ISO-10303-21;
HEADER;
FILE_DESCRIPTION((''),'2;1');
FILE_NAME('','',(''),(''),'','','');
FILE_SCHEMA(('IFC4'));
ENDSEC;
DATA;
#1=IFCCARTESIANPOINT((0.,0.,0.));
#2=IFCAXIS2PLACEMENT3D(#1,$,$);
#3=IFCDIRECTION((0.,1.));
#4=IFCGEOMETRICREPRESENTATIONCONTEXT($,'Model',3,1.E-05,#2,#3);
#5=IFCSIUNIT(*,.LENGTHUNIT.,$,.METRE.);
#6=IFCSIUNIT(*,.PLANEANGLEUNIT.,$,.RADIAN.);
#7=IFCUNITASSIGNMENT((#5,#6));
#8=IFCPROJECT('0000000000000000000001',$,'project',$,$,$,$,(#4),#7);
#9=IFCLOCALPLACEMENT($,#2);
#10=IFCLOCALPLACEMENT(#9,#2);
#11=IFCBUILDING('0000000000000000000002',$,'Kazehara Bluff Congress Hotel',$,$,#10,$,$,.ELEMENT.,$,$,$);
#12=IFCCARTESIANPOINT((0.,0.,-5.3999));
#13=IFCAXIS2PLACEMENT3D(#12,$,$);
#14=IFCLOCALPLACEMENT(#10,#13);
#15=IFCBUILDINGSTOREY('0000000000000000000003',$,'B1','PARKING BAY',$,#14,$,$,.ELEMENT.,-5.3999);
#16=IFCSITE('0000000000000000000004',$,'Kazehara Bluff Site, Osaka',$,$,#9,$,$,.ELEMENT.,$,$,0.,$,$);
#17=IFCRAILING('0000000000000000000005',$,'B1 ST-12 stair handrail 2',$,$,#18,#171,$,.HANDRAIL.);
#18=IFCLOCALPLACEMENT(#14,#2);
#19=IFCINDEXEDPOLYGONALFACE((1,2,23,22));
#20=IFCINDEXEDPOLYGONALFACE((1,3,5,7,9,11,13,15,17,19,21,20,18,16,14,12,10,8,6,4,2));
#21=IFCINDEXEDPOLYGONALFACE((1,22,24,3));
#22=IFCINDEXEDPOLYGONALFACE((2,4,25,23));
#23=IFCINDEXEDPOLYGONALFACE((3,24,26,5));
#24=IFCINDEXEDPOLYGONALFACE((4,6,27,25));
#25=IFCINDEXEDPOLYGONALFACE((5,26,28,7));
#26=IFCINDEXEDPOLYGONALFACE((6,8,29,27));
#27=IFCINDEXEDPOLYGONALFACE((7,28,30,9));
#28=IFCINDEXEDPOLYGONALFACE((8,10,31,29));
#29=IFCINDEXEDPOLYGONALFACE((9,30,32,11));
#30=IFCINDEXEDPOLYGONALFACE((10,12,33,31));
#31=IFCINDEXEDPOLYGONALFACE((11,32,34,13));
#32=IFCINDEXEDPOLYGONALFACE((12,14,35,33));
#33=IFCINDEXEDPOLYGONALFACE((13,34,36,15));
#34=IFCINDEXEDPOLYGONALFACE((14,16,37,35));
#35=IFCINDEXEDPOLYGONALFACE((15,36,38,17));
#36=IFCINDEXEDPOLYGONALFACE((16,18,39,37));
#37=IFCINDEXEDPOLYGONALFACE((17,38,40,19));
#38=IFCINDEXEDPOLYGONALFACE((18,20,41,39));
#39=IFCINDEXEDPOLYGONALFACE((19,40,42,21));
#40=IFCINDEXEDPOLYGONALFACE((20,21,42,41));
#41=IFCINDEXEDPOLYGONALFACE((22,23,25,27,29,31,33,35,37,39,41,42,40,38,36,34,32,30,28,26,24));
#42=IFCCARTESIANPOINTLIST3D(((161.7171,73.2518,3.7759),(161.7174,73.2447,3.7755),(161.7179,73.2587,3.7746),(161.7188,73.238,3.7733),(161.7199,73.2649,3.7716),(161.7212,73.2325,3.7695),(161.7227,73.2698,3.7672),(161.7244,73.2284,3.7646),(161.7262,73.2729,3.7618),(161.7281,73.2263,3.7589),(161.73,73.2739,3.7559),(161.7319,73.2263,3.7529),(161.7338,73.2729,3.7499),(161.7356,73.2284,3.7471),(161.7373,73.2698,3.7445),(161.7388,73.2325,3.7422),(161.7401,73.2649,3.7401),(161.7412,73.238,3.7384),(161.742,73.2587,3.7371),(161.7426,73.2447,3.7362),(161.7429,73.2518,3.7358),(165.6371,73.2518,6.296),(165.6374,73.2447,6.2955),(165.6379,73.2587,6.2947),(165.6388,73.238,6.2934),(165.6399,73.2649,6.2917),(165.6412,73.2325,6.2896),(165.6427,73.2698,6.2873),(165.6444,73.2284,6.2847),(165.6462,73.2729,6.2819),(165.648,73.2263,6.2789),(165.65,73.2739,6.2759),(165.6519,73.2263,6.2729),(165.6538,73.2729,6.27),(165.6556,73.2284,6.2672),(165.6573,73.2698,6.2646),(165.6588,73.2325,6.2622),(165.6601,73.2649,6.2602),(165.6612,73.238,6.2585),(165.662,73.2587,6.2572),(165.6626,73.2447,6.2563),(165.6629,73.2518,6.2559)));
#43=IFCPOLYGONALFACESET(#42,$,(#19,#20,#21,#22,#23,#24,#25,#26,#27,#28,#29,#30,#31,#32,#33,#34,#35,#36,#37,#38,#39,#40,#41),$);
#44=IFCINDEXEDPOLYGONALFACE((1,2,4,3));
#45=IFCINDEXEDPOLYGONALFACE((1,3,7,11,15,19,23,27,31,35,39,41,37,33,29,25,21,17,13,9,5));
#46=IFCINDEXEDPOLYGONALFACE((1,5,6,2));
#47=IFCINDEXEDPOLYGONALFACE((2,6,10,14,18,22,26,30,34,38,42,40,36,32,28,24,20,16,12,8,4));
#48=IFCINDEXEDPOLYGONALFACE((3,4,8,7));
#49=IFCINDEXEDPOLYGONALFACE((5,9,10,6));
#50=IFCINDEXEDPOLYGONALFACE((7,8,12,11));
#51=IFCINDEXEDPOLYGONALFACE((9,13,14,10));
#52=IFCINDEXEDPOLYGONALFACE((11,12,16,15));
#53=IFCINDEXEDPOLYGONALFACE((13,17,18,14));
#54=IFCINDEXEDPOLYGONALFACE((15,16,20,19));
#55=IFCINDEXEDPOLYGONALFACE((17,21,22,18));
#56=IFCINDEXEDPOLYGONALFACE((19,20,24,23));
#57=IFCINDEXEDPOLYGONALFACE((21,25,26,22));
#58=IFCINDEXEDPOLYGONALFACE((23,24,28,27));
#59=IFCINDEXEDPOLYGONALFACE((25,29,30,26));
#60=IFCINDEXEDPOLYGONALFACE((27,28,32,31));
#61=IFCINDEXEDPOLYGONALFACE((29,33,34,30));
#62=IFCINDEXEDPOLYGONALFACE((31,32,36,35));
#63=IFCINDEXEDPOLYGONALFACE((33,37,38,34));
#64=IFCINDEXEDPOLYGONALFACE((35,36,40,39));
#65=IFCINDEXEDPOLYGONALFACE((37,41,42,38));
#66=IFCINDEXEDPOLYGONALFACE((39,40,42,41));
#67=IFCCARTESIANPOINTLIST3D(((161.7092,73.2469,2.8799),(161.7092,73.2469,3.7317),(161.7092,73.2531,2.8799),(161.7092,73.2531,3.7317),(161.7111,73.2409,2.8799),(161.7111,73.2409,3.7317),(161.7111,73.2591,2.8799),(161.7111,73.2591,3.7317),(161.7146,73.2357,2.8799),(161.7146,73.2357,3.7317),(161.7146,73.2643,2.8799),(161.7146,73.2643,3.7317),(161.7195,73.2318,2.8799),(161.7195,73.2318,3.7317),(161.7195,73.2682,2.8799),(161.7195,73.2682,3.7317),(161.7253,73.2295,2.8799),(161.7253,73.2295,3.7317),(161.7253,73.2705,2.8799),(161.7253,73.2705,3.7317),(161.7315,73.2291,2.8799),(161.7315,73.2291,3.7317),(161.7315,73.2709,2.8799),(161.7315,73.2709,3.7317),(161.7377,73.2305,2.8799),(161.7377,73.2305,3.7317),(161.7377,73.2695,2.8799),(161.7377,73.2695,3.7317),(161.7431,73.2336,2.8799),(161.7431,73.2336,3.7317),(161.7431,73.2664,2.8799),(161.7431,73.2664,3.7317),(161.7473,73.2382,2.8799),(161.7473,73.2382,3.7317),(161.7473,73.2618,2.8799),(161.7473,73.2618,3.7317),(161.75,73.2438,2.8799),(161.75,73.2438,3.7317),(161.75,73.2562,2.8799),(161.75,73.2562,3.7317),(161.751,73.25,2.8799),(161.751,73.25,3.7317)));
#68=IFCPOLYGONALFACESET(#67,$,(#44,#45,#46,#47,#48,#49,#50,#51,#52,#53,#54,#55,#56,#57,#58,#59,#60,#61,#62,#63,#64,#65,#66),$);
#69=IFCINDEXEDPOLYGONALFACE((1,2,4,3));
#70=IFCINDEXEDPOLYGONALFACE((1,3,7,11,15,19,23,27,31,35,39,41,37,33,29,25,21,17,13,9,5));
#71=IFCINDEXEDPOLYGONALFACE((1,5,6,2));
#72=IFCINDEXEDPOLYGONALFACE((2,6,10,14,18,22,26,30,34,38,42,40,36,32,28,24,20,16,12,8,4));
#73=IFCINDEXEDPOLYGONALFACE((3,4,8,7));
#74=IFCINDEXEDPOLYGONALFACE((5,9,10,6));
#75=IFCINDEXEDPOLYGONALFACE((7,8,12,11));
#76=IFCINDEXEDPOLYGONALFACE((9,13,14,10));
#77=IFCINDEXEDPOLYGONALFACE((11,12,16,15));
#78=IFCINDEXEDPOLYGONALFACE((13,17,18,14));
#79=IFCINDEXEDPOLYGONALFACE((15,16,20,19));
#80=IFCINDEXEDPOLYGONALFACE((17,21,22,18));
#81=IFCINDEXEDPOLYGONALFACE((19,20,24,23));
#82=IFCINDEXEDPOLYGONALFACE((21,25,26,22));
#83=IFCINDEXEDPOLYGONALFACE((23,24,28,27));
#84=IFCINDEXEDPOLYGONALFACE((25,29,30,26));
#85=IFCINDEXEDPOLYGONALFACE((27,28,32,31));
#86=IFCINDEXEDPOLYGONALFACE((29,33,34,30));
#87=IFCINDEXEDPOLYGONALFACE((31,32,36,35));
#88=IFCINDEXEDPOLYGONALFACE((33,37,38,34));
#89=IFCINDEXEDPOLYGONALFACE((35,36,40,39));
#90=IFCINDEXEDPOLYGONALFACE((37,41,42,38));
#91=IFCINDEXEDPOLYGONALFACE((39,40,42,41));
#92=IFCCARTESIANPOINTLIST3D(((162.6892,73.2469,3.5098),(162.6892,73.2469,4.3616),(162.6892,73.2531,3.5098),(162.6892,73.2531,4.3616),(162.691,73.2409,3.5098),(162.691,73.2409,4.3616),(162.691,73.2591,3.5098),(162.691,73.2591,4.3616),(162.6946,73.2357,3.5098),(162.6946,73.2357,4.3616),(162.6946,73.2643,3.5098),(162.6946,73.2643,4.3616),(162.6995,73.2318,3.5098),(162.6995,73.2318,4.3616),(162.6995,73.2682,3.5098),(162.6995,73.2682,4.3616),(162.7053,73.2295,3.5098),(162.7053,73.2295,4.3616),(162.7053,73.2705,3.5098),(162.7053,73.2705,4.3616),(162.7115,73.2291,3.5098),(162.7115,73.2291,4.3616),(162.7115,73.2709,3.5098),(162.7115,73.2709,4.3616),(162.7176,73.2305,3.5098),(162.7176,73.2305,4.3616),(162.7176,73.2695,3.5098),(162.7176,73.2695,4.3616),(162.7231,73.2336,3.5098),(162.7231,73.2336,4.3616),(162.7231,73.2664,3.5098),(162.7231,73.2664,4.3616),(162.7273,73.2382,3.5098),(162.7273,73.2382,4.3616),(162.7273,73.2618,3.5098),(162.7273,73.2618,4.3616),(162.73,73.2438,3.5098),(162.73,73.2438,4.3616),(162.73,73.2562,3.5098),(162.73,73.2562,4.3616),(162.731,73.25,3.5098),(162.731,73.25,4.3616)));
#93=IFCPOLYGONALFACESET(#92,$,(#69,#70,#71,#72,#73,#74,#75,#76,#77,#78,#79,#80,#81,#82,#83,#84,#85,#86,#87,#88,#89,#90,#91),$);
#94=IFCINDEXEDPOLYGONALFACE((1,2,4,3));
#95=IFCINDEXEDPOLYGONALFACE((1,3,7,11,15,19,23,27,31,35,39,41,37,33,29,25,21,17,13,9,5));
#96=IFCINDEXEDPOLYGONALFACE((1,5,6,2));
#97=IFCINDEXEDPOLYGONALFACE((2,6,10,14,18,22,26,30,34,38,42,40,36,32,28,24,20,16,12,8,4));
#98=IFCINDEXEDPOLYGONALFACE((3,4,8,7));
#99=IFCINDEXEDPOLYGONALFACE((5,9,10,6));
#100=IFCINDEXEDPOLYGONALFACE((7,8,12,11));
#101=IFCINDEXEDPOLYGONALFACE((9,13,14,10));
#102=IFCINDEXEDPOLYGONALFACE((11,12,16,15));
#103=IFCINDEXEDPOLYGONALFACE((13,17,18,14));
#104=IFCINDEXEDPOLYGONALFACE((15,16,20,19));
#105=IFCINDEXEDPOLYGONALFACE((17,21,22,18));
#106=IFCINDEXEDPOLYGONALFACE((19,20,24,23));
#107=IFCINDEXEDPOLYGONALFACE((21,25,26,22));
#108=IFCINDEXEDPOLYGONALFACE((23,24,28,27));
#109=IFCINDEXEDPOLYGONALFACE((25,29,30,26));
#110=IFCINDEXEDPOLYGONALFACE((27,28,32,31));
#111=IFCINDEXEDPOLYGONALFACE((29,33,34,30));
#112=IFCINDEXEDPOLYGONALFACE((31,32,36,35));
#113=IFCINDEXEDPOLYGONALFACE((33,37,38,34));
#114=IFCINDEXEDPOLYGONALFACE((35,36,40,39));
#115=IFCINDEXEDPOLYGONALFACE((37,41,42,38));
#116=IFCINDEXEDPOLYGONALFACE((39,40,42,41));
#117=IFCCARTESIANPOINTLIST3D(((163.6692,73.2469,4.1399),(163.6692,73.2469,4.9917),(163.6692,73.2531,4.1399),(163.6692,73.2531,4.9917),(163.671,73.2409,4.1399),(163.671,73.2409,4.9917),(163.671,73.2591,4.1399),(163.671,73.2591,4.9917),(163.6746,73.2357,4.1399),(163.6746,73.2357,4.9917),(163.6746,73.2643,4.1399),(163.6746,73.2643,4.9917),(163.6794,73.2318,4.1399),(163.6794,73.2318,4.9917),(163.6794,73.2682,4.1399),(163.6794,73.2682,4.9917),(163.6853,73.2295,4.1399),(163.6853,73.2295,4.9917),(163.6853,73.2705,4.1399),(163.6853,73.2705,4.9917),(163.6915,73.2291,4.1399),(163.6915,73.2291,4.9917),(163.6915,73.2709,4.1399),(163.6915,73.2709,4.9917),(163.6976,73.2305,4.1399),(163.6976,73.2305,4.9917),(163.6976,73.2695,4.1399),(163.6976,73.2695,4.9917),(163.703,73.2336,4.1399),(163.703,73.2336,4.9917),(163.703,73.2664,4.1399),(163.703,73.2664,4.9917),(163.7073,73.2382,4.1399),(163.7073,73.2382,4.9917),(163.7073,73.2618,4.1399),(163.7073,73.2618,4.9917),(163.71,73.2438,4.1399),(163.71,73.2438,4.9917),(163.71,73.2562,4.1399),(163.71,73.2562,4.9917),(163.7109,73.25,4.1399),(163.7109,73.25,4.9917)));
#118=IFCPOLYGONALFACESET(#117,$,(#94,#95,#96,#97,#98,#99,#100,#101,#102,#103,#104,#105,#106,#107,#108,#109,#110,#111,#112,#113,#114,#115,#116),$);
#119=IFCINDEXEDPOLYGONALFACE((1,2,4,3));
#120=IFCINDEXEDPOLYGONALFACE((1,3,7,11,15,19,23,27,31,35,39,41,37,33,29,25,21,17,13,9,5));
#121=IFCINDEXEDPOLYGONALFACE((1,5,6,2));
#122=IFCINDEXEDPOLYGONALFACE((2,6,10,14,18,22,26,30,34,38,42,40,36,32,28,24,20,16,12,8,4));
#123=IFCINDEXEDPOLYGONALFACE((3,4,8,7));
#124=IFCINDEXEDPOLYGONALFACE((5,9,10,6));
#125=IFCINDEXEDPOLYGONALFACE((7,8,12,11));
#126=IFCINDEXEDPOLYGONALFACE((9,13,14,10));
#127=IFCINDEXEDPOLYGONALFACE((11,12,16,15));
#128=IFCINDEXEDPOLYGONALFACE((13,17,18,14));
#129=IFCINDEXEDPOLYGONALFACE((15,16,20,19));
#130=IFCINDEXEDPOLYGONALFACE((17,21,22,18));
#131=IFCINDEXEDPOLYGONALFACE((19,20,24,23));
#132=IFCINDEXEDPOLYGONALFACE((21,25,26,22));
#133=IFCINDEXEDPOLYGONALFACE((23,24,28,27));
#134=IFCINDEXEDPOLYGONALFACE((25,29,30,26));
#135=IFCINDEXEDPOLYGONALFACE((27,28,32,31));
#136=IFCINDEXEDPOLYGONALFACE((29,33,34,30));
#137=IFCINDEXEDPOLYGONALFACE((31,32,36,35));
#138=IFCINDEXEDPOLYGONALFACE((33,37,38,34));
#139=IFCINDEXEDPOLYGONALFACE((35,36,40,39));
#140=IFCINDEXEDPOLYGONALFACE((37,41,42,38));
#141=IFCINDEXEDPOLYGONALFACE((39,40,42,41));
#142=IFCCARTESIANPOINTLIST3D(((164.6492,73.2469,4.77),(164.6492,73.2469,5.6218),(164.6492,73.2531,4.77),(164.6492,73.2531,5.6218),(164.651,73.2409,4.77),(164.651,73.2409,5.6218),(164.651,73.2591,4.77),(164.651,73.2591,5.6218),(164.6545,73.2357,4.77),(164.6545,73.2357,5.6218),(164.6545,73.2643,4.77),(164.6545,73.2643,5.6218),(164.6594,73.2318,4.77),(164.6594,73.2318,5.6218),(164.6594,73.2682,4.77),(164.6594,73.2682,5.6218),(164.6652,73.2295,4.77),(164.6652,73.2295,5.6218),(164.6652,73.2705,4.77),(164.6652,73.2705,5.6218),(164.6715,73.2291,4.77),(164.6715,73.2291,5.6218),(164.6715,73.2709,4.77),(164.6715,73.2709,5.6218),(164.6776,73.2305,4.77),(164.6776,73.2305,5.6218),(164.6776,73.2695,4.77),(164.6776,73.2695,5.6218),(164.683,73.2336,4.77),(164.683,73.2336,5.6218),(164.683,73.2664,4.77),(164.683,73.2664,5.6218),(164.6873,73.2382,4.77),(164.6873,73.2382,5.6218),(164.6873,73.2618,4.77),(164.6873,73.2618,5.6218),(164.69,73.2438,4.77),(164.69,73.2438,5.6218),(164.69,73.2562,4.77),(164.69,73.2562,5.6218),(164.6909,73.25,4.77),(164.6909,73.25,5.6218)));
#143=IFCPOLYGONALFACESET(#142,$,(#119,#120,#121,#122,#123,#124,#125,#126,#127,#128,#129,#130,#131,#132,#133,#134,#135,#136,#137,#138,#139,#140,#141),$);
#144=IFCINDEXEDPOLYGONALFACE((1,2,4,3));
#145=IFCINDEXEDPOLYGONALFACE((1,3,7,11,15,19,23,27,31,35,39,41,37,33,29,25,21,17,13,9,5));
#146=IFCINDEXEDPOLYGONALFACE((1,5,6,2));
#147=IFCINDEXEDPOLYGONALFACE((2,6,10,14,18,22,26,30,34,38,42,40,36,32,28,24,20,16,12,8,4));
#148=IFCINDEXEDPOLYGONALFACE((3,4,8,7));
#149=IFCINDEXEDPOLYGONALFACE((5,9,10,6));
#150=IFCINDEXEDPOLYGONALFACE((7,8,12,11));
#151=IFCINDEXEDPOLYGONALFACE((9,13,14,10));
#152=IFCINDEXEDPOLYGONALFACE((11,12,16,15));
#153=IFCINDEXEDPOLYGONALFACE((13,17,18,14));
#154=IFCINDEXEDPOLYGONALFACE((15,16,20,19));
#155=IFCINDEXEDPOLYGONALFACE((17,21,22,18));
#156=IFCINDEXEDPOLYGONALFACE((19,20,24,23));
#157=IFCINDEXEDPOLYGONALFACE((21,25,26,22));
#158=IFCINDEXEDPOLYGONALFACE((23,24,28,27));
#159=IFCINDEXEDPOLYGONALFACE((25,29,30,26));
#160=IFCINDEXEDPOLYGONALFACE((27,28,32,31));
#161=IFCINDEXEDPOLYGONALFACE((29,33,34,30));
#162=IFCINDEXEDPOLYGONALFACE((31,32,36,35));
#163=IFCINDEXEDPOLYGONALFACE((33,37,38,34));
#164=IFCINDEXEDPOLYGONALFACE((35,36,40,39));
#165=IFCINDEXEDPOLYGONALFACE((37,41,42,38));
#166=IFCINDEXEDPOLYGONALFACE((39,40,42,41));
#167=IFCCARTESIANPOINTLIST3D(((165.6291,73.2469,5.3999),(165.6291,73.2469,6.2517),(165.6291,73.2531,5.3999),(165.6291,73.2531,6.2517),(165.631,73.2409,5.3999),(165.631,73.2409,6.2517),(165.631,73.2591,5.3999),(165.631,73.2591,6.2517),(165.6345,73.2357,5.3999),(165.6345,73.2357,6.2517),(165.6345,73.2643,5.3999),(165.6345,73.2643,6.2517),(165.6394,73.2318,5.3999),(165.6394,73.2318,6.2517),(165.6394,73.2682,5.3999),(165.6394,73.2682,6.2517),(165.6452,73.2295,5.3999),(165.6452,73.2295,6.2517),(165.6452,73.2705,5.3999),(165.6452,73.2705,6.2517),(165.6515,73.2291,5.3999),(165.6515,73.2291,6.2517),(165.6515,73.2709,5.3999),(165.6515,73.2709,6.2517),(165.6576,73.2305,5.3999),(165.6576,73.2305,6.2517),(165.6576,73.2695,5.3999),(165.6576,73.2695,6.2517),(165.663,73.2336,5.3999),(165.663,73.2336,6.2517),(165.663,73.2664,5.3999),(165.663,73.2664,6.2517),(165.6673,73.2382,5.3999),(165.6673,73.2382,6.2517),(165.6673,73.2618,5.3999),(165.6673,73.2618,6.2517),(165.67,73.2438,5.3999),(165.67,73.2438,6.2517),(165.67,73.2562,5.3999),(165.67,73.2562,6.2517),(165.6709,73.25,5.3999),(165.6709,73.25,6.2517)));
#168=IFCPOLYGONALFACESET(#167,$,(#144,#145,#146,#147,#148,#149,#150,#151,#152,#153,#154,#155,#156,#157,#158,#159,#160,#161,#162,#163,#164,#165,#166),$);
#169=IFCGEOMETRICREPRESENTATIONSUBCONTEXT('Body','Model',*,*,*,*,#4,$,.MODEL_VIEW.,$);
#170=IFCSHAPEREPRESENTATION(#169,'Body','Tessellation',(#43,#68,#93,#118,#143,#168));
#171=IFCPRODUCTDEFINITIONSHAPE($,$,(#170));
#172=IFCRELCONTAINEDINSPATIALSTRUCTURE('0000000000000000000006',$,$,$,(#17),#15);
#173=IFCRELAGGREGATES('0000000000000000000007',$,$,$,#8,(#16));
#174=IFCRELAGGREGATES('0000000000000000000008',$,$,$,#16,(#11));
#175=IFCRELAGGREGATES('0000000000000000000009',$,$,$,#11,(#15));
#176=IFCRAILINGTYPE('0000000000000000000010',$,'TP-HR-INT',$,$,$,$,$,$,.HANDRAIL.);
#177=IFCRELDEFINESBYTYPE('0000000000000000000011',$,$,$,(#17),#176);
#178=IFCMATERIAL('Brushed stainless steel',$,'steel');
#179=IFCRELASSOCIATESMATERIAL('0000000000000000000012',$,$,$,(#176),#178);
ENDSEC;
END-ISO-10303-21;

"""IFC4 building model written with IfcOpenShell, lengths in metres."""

from ifc_helpers import new_model, si_unit, direction, frame, origin, origin_2d, place, context, subcontext, project, spatial, circle, extrude, material, type_object, element, save


model = new_model("IFC4")

# Units and contexts
model_context = context("Model", 3, precision=1e-05, world=origin(), true_north=direction((0.0, 1.0)))
body_context = subcontext(model_context, "Body", "Model", "MODEL_VIEW")
ifc_project = project(units=[si_unit("LENGTHUNIT", "METRE"), si_unit("PLANEANGLEUNIT", "RADIAN")], contexts=[model_context])

# Site, building, storey
site_placement = place(None, origin())
site = spatial("IfcSite", under=ifc_project, at=site_placement, Name="Kazehara Bluff Site, Osaka", CompositionType="ELEMENT", RefElevation=0.0)
building_placement = place(site_placement, origin())
building = spatial("IfcBuilding", under=site, at=building_placement, Name="Kazehara Bluff Congress Hotel", CompositionType="ELEMENT")
storey_placement = place(building_placement, frame((0.0, 0.0, -5.3999)))
storey = spatial("IfcBuildingStorey", under=building, at=storey_placement, Name="B1", Description="PARKING BAY", CompositionType="ELEMENT", Elevation=-5.3999)

# Railing
ifc_material_1 = material(Name="Brushed stainless steel", Category="steel")
railing_type_1 = type_object("IfcRailingType", Name="TP-HR-INT", PredefinedType="HANDRAIL", material=ifc_material_1)
railing_1_placement = place(storey_placement, frame((161.73, 73.25, 2.8799)))
element("IfcRailing", 1, at=railing_1_placement, inside=storey, type_object=railing_type_1, Name="B1 ST-12 stair handrail 2", PredefinedType="HANDRAIL", context=body_context, shape_type="SweptSolid", body=[
    extrude(circle(Radius=0.0239, at=origin_2d()), frame((0.0, 0.0, 0.876), z_axis=(0.841172, 0.0, 0.540768), x_axis=(0.0, 1.0, 0.0)), (0.0, 0.0, 1.0), 4.6602),
    extrude(circle(Radius=0.021, at=origin_2d()), origin(), (0.0, 0.0, 1.0), 0.8518),
    extrude(circle(Radius=0.021, at=origin_2d()), frame((0.98, 0.0, 0.6299)), (0.0, 0.0, 1.0), 0.8518),
    extrude(circle(Radius=0.021, at=origin_2d()), frame((1.96, 0.0, 1.26)), (0.0, 0.0, 1.0), 0.8518),
    extrude(circle(Radius=0.021, at=origin_2d()), frame((2.9399, 0.0, 1.8901)), (0.0, 0.0, 1.0), 0.8518),
    extrude(circle(Radius=0.021, at=origin_2d()), frame((3.9199, 0.0, 2.52)), (0.0, 0.0, 1.0), 0.8518),
])

save(model, "model.ifc")
